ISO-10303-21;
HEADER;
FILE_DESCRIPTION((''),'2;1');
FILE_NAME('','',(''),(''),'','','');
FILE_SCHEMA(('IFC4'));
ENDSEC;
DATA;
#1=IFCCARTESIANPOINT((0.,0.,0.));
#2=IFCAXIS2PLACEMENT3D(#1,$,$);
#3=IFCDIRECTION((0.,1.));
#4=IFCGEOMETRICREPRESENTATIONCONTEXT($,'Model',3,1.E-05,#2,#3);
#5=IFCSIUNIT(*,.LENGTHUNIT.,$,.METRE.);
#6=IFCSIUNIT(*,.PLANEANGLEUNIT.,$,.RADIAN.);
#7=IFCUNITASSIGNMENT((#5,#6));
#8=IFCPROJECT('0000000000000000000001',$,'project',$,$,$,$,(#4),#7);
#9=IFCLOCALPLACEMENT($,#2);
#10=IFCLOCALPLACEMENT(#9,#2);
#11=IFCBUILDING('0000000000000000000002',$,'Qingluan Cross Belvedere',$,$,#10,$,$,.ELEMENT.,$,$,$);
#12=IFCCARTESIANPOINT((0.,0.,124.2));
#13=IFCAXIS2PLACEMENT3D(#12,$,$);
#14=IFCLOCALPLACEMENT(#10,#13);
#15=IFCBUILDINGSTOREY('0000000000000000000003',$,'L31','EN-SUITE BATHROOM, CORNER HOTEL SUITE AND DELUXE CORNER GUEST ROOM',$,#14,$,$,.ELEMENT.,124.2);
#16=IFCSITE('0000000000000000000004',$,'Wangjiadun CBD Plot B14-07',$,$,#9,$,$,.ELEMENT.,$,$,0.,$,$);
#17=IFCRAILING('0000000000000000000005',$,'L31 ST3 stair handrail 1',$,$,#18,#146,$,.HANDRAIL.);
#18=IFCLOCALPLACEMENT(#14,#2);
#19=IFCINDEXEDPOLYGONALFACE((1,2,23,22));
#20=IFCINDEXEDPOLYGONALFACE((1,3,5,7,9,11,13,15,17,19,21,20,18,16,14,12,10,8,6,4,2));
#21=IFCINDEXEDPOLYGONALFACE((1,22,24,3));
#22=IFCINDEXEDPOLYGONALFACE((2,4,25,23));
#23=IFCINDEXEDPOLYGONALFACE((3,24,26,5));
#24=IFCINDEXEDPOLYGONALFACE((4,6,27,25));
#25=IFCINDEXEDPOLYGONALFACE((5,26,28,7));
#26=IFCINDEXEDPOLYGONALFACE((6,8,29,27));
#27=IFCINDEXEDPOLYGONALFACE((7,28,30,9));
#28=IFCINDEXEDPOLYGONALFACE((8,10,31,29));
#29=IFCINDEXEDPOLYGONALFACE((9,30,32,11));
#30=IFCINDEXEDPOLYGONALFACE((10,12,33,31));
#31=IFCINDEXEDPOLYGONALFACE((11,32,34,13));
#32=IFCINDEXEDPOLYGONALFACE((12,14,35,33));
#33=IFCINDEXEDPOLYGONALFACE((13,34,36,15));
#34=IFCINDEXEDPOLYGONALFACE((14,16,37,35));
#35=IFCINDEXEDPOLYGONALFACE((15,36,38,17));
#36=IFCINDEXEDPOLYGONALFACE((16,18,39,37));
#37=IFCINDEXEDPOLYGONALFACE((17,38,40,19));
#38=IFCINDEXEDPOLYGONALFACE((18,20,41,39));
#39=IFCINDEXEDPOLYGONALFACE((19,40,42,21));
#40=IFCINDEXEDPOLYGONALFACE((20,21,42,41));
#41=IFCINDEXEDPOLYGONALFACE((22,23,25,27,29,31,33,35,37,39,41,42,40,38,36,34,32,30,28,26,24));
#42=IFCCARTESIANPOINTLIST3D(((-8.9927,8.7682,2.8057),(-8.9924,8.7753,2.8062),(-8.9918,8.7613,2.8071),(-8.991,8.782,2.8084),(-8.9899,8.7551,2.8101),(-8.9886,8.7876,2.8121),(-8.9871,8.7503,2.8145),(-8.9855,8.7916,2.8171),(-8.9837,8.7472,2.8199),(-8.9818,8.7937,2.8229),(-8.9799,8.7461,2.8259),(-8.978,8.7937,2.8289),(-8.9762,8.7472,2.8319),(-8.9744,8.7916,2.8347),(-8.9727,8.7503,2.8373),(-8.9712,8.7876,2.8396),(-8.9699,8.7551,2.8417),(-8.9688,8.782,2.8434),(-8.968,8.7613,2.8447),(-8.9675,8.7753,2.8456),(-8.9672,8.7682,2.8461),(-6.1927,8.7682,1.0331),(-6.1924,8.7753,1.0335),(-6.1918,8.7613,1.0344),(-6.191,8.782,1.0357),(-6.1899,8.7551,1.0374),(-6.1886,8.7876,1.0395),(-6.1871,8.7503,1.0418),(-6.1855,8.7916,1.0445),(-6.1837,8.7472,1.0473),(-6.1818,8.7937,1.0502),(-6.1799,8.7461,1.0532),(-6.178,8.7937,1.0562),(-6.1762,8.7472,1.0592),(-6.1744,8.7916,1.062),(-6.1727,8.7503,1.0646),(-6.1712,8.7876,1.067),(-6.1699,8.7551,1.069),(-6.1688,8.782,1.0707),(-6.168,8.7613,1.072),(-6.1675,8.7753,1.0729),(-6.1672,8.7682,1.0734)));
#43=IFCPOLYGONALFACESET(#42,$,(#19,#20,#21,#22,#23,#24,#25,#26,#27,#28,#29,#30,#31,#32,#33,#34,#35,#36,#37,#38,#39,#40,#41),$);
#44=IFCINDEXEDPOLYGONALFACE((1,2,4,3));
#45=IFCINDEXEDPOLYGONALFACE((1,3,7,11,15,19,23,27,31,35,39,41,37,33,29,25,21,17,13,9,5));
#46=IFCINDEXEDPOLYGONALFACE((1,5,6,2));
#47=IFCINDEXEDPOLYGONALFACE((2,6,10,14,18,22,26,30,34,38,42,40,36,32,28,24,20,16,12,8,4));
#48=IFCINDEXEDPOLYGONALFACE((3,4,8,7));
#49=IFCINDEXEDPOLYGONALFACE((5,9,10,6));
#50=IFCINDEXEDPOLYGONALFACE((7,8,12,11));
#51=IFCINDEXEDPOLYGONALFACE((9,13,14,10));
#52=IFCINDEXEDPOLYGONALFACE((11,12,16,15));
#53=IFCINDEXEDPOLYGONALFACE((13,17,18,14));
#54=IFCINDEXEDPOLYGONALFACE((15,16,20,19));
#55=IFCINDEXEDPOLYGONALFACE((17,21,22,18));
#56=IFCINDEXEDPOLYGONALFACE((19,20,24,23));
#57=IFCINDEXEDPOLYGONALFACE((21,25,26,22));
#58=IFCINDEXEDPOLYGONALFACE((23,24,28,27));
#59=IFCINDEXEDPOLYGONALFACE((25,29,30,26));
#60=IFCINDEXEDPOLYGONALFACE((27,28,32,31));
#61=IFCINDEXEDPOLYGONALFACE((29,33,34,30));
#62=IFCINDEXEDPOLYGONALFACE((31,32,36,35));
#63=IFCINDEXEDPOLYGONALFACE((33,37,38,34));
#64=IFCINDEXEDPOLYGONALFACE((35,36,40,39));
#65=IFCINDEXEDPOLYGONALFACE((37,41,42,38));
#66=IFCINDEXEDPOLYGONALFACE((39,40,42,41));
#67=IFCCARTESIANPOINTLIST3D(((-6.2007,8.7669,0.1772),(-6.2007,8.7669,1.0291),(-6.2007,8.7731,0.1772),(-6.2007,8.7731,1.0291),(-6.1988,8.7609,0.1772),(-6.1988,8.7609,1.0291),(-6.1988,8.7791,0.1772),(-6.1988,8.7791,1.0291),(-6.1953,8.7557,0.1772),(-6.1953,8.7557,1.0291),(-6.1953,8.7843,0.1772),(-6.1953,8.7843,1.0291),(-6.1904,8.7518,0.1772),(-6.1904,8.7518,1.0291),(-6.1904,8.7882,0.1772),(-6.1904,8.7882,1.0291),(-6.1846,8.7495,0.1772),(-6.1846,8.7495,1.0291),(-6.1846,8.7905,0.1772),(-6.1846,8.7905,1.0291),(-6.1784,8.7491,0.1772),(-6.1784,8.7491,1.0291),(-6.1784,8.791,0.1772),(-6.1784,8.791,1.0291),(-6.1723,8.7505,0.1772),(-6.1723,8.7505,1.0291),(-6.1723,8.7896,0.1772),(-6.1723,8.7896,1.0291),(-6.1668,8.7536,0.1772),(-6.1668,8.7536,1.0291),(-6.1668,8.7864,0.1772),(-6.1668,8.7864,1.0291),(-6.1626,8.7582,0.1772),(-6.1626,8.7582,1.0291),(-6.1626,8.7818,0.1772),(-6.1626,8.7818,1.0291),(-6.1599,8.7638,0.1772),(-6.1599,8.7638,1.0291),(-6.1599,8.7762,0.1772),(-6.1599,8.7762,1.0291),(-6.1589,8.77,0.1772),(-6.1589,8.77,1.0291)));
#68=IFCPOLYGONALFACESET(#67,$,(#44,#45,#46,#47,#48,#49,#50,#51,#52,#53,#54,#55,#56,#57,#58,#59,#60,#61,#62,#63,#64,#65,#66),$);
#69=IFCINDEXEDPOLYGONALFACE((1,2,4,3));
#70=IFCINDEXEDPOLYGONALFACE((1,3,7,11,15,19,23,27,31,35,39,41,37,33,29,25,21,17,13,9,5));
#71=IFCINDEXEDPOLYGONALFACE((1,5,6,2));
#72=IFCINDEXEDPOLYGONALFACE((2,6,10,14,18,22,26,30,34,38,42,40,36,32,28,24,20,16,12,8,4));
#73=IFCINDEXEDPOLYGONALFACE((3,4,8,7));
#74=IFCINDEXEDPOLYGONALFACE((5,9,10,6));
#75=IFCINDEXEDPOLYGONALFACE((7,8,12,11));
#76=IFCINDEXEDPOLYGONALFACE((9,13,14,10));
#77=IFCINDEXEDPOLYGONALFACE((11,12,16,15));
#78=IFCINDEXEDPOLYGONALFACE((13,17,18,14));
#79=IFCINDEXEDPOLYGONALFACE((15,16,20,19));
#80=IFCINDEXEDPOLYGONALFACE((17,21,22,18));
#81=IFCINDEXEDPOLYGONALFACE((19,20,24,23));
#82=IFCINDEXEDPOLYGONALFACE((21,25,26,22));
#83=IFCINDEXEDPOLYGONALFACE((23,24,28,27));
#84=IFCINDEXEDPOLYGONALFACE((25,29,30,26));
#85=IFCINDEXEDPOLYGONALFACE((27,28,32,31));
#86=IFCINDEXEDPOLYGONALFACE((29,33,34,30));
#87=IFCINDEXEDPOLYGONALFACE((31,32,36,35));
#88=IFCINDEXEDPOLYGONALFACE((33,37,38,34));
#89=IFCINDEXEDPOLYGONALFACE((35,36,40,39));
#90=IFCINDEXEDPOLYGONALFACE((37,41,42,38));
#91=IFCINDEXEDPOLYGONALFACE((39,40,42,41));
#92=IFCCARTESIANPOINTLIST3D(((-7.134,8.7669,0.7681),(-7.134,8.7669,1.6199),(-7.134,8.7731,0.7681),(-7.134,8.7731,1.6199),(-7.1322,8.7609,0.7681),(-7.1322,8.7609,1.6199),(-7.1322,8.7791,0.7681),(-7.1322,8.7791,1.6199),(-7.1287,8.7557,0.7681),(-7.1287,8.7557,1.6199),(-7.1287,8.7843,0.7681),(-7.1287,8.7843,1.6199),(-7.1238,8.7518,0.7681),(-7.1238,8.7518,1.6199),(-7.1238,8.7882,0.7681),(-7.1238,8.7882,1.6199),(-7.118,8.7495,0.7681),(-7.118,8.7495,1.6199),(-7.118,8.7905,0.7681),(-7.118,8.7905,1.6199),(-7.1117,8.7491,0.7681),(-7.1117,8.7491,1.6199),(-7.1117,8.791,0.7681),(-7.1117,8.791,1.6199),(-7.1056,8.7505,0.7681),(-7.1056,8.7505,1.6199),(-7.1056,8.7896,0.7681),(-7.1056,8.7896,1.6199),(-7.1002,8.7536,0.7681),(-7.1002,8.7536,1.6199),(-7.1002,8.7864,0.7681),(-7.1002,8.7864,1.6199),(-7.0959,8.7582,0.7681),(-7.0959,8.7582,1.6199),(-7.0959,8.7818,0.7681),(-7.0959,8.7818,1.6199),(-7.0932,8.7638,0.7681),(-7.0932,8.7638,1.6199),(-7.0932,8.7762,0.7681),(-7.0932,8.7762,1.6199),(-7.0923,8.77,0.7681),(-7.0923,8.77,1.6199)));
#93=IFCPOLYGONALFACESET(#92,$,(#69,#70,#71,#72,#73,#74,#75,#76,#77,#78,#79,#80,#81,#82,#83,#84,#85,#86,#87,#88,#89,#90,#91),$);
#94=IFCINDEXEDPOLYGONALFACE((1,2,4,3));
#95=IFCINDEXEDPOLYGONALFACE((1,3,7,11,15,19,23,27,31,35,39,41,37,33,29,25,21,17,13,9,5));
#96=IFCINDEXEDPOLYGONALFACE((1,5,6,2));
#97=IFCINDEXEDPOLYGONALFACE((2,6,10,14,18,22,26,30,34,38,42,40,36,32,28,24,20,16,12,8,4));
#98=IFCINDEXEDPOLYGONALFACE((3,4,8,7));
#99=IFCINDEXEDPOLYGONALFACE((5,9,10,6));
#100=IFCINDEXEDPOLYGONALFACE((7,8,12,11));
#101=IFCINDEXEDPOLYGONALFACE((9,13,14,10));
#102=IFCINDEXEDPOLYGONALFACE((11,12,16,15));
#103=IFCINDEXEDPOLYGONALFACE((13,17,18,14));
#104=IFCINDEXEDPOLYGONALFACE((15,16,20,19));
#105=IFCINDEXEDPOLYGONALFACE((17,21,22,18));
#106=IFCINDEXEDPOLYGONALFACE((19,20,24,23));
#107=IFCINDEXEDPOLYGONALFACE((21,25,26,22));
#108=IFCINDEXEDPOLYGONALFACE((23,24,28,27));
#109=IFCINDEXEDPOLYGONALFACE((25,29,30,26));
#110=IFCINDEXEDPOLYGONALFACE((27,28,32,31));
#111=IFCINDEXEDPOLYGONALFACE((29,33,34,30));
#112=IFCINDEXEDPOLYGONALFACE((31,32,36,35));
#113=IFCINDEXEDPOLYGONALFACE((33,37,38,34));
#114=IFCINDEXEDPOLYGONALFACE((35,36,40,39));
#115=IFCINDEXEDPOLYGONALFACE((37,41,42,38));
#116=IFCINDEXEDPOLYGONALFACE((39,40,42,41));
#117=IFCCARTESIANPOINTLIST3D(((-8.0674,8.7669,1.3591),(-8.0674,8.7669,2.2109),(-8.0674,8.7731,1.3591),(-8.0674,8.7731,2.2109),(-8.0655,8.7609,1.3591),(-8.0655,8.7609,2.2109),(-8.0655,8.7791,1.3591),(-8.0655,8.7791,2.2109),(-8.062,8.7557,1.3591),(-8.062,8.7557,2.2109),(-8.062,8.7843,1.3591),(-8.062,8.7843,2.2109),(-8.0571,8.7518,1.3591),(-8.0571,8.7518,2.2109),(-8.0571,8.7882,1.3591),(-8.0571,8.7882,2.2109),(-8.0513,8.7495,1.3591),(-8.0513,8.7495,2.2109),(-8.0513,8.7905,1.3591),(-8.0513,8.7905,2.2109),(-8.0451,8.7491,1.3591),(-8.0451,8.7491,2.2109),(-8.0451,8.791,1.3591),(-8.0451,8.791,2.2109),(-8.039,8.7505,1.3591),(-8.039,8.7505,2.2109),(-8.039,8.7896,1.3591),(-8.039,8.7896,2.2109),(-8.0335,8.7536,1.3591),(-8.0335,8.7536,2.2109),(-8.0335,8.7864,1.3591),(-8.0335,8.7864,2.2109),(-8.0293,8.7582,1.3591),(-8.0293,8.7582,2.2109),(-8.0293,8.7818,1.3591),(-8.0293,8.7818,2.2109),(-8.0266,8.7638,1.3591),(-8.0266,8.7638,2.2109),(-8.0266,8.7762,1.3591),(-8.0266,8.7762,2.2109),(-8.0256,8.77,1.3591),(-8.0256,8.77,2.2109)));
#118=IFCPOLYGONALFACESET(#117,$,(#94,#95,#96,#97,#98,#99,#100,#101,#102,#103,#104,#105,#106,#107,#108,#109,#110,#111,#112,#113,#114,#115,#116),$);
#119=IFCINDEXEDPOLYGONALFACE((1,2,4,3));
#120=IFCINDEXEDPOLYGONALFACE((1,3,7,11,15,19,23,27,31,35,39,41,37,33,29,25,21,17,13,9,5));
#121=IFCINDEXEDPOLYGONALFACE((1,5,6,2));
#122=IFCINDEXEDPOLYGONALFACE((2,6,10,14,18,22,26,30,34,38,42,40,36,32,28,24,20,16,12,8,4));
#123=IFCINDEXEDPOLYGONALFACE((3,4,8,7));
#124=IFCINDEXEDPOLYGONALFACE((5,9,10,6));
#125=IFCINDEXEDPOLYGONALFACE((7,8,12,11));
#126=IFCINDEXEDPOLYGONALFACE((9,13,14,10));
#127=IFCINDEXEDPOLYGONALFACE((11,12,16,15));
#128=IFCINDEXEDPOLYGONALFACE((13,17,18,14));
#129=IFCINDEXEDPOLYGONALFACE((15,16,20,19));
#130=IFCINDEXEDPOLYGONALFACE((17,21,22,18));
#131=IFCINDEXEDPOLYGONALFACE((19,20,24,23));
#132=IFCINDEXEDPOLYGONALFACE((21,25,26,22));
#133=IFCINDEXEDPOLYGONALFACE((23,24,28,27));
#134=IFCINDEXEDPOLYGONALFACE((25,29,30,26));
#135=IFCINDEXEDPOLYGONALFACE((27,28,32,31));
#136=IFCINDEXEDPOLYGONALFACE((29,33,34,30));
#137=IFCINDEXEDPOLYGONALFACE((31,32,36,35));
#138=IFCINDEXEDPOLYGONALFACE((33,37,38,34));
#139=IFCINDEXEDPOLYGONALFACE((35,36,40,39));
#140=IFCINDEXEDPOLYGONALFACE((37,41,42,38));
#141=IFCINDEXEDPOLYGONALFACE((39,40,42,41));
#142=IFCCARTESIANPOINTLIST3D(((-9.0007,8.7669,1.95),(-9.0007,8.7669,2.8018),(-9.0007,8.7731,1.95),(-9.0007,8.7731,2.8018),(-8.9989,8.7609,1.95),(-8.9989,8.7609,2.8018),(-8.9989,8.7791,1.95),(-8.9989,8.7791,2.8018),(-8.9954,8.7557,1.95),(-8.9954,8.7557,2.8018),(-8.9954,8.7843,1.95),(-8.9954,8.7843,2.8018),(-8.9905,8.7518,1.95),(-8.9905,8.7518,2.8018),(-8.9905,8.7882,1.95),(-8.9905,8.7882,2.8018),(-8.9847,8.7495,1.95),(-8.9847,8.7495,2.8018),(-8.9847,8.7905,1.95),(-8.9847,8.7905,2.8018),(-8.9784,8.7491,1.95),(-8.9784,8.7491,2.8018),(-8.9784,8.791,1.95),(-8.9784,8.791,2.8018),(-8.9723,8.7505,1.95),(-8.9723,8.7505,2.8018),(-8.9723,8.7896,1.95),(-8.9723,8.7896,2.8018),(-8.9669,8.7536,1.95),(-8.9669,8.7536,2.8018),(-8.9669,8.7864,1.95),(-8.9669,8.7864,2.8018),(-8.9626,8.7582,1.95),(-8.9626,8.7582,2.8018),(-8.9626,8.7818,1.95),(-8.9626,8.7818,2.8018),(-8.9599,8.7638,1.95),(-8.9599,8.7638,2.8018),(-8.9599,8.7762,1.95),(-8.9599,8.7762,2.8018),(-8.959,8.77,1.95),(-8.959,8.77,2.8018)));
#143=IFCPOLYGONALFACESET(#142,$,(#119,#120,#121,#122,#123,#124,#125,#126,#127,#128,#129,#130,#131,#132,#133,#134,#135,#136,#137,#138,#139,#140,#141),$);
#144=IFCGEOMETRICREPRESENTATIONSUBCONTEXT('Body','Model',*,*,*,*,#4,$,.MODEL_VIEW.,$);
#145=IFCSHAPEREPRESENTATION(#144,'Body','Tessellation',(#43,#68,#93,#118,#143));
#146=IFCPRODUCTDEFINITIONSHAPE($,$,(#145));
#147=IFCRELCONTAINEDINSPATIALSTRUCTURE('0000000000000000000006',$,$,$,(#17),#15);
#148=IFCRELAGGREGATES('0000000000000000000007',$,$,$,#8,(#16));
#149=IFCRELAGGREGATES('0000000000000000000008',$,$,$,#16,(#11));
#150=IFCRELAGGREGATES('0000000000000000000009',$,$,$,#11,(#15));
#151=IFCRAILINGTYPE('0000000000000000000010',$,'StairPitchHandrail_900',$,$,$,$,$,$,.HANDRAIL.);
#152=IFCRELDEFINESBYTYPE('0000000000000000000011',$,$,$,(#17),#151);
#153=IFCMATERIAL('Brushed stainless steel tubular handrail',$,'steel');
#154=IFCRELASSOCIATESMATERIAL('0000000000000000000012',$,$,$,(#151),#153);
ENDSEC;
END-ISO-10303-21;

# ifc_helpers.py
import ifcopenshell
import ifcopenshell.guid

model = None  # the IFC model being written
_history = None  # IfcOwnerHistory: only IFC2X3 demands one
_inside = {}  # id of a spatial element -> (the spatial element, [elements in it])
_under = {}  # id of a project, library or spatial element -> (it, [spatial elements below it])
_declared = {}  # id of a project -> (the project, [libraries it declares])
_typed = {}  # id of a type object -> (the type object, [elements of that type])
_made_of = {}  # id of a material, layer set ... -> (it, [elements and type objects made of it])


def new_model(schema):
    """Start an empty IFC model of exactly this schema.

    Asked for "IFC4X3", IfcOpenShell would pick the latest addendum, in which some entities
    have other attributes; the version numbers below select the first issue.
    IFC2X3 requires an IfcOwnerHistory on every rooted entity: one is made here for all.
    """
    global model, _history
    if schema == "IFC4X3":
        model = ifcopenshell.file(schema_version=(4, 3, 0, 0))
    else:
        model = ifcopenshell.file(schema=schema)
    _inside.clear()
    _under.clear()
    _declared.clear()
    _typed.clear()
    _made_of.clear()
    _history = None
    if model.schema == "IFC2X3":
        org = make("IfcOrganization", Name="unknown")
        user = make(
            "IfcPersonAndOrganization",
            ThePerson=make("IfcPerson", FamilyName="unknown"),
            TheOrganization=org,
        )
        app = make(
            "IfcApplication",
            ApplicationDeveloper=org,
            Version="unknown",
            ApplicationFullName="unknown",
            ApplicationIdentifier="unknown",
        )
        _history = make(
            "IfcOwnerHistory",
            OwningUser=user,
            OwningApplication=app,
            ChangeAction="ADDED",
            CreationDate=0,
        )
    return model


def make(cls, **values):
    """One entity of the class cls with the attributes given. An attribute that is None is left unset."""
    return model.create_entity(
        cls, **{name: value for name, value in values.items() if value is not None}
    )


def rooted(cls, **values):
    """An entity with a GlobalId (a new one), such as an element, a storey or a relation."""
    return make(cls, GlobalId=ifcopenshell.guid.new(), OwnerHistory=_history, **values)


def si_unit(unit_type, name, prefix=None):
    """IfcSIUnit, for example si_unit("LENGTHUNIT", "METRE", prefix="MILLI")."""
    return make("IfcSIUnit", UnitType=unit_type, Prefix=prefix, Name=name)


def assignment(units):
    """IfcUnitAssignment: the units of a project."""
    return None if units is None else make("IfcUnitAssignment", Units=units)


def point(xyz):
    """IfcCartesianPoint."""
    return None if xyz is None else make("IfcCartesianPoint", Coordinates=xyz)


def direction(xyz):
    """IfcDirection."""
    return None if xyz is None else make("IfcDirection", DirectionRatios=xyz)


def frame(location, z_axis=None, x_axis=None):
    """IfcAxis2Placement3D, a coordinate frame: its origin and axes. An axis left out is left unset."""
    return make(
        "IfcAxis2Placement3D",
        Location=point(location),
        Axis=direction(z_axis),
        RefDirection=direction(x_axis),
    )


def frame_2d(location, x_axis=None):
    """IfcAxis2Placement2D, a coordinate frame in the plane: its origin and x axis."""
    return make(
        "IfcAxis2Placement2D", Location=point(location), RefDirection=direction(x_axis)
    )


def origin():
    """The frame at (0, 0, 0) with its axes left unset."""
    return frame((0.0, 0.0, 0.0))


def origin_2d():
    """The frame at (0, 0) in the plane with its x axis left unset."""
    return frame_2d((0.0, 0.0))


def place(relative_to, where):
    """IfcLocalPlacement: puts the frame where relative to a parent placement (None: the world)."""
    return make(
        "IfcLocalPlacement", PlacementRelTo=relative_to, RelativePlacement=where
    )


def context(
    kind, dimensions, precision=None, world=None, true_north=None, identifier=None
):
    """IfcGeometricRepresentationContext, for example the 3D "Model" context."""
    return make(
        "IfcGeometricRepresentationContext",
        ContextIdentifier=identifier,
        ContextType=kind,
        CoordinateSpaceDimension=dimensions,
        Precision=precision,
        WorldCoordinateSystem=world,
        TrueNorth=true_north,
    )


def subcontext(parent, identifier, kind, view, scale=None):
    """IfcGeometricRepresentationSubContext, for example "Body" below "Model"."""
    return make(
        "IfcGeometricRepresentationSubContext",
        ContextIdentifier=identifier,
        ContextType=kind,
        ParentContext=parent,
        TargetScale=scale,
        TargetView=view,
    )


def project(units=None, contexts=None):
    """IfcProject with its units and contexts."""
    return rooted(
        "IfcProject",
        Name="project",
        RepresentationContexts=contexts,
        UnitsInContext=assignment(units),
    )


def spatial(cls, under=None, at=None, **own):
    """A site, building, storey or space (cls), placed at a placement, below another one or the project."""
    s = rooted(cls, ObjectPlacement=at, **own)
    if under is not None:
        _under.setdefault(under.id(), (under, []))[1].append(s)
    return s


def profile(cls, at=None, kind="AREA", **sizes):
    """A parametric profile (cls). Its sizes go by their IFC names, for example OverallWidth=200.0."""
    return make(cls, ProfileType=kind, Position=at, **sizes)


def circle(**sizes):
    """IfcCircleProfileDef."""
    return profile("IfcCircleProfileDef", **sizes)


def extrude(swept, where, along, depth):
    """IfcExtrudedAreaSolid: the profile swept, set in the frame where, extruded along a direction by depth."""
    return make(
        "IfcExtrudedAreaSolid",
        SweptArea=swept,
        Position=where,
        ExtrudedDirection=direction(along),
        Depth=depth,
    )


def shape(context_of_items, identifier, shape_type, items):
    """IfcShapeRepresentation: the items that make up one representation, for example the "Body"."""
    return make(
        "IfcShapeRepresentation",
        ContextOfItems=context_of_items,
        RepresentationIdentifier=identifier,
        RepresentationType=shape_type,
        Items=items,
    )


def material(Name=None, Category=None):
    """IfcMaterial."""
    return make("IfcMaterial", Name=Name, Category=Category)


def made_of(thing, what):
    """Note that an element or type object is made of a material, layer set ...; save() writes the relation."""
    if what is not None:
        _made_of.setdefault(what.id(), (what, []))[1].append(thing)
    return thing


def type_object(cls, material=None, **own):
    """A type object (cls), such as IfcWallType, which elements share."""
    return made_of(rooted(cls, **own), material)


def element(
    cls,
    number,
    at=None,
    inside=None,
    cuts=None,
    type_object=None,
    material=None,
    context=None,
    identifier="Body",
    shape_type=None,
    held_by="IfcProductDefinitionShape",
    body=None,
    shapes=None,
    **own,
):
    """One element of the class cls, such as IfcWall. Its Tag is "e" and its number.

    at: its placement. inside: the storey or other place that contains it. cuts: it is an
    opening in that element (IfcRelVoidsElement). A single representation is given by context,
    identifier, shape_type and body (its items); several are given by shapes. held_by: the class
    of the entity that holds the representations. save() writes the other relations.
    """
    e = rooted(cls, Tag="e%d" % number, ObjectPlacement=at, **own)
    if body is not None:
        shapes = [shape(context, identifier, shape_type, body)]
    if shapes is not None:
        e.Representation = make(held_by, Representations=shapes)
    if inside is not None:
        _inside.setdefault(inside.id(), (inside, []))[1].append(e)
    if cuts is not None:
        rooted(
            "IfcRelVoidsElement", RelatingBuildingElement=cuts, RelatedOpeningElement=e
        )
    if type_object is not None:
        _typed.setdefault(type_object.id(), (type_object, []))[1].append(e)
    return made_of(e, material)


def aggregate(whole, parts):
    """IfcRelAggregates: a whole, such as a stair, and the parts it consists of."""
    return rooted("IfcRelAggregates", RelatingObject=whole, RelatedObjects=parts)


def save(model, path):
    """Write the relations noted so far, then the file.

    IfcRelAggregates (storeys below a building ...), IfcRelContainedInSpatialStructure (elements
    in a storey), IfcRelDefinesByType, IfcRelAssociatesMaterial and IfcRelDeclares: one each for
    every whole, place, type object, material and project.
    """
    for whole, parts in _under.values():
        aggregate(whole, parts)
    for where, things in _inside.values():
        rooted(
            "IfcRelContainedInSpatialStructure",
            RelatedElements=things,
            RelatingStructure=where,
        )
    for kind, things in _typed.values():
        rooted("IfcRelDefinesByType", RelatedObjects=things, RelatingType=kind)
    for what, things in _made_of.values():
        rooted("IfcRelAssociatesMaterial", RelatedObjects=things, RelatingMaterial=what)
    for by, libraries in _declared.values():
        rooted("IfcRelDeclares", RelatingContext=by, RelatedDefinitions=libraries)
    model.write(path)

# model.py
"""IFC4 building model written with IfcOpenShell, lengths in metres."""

from ifc_helpers import new_model, si_unit, direction, frame, origin, origin_2d, place, context, subcontext, project, spatial, circle, extrude, material, type_object, element, save


model = new_model("IFC4")

# Units and contexts
model_context = context("Model", 3, precision=1e-05, world=origin(), true_north=direction((0.0, 1.0)))
body_context = subcontext(model_context, "Body", "Model", "MODEL_VIEW")
ifc_project = project(units=[si_unit("LENGTHUNIT", "METRE"), si_unit("PLANEANGLEUNIT", "RADIAN")], contexts=[model_context])

# Site, building, storey
site_placement = place(None, origin())
site = spatial("IfcSite", under=ifc_project, at=site_placement, Name="Wangjiadun CBD Plot B14-07", CompositionType="ELEMENT", RefElevation=0.0)
building_placement = place(site_placement, origin())
building = spatial("IfcBuilding", under=site, at=building_placement, Name="Qingluan Cross Belvedere", CompositionType="ELEMENT")
storey_placement = place(building_placement, frame((0.0, 0.0, 124.2)))
storey = spatial("IfcBuildingStorey", under=building, at=storey_placement, Name="L31", Description="EN-SUITE BATHROOM, CORNER HOTEL SUITE AND DELUXE CORNER GUEST ROOM", CompositionType="ELEMENT", Elevation=124.2)

# Railing
ifc_material_1 = material(Name="Brushed stainless steel tubular handrail", Category="steel")
railing_type_1 = type_object("IfcRailingType", Name="StairPitchHandrail_900", PredefinedType="HANDRAIL", material=ifc_material_1)
railing_1_placement = place(storey_placement, frame((-6.1799, 8.77, 0.1772)))
element("IfcRailing", 1, at=railing_1_placement, inside=storey, type_object=railing_type_1, Name="L31 ST3 stair handrail 1", PredefinedType="HANDRAIL", context=body_context, shape_type="SweptSolid", body=[
    extrude(circle(Radius=0.0239, at=origin_2d()), frame((0.0, 0.0, 0.876), z_axis=(-0.844909, 0.0, 0.53491), x_axis=(0.0, -1.0, 0.0)), (0.0, 0.0, 1.0), 3.314),
    extrude(circle(Radius=0.021, at=origin_2d()), origin(), (0.0, 0.0, 1.0), 0.8518),
    extrude(circle(Radius=0.021, at=origin_2d()), frame((-0.9333, 0.0, 0.5908)), (0.0, 0.0, 1.0), 0.8518),
    extrude(circle(Radius=0.021, at=origin_2d()), frame((-1.8667, 0.0, 1.1819)), (0.0, 0.0, 1.0), 0.8518),
    extrude(circle(Radius=0.021, at=origin_2d()), frame((-2.8, 0.0, 1.7727)), (0.0, 0.0, 1.0), 0.8518),
])

save(model, "model.ifc")
